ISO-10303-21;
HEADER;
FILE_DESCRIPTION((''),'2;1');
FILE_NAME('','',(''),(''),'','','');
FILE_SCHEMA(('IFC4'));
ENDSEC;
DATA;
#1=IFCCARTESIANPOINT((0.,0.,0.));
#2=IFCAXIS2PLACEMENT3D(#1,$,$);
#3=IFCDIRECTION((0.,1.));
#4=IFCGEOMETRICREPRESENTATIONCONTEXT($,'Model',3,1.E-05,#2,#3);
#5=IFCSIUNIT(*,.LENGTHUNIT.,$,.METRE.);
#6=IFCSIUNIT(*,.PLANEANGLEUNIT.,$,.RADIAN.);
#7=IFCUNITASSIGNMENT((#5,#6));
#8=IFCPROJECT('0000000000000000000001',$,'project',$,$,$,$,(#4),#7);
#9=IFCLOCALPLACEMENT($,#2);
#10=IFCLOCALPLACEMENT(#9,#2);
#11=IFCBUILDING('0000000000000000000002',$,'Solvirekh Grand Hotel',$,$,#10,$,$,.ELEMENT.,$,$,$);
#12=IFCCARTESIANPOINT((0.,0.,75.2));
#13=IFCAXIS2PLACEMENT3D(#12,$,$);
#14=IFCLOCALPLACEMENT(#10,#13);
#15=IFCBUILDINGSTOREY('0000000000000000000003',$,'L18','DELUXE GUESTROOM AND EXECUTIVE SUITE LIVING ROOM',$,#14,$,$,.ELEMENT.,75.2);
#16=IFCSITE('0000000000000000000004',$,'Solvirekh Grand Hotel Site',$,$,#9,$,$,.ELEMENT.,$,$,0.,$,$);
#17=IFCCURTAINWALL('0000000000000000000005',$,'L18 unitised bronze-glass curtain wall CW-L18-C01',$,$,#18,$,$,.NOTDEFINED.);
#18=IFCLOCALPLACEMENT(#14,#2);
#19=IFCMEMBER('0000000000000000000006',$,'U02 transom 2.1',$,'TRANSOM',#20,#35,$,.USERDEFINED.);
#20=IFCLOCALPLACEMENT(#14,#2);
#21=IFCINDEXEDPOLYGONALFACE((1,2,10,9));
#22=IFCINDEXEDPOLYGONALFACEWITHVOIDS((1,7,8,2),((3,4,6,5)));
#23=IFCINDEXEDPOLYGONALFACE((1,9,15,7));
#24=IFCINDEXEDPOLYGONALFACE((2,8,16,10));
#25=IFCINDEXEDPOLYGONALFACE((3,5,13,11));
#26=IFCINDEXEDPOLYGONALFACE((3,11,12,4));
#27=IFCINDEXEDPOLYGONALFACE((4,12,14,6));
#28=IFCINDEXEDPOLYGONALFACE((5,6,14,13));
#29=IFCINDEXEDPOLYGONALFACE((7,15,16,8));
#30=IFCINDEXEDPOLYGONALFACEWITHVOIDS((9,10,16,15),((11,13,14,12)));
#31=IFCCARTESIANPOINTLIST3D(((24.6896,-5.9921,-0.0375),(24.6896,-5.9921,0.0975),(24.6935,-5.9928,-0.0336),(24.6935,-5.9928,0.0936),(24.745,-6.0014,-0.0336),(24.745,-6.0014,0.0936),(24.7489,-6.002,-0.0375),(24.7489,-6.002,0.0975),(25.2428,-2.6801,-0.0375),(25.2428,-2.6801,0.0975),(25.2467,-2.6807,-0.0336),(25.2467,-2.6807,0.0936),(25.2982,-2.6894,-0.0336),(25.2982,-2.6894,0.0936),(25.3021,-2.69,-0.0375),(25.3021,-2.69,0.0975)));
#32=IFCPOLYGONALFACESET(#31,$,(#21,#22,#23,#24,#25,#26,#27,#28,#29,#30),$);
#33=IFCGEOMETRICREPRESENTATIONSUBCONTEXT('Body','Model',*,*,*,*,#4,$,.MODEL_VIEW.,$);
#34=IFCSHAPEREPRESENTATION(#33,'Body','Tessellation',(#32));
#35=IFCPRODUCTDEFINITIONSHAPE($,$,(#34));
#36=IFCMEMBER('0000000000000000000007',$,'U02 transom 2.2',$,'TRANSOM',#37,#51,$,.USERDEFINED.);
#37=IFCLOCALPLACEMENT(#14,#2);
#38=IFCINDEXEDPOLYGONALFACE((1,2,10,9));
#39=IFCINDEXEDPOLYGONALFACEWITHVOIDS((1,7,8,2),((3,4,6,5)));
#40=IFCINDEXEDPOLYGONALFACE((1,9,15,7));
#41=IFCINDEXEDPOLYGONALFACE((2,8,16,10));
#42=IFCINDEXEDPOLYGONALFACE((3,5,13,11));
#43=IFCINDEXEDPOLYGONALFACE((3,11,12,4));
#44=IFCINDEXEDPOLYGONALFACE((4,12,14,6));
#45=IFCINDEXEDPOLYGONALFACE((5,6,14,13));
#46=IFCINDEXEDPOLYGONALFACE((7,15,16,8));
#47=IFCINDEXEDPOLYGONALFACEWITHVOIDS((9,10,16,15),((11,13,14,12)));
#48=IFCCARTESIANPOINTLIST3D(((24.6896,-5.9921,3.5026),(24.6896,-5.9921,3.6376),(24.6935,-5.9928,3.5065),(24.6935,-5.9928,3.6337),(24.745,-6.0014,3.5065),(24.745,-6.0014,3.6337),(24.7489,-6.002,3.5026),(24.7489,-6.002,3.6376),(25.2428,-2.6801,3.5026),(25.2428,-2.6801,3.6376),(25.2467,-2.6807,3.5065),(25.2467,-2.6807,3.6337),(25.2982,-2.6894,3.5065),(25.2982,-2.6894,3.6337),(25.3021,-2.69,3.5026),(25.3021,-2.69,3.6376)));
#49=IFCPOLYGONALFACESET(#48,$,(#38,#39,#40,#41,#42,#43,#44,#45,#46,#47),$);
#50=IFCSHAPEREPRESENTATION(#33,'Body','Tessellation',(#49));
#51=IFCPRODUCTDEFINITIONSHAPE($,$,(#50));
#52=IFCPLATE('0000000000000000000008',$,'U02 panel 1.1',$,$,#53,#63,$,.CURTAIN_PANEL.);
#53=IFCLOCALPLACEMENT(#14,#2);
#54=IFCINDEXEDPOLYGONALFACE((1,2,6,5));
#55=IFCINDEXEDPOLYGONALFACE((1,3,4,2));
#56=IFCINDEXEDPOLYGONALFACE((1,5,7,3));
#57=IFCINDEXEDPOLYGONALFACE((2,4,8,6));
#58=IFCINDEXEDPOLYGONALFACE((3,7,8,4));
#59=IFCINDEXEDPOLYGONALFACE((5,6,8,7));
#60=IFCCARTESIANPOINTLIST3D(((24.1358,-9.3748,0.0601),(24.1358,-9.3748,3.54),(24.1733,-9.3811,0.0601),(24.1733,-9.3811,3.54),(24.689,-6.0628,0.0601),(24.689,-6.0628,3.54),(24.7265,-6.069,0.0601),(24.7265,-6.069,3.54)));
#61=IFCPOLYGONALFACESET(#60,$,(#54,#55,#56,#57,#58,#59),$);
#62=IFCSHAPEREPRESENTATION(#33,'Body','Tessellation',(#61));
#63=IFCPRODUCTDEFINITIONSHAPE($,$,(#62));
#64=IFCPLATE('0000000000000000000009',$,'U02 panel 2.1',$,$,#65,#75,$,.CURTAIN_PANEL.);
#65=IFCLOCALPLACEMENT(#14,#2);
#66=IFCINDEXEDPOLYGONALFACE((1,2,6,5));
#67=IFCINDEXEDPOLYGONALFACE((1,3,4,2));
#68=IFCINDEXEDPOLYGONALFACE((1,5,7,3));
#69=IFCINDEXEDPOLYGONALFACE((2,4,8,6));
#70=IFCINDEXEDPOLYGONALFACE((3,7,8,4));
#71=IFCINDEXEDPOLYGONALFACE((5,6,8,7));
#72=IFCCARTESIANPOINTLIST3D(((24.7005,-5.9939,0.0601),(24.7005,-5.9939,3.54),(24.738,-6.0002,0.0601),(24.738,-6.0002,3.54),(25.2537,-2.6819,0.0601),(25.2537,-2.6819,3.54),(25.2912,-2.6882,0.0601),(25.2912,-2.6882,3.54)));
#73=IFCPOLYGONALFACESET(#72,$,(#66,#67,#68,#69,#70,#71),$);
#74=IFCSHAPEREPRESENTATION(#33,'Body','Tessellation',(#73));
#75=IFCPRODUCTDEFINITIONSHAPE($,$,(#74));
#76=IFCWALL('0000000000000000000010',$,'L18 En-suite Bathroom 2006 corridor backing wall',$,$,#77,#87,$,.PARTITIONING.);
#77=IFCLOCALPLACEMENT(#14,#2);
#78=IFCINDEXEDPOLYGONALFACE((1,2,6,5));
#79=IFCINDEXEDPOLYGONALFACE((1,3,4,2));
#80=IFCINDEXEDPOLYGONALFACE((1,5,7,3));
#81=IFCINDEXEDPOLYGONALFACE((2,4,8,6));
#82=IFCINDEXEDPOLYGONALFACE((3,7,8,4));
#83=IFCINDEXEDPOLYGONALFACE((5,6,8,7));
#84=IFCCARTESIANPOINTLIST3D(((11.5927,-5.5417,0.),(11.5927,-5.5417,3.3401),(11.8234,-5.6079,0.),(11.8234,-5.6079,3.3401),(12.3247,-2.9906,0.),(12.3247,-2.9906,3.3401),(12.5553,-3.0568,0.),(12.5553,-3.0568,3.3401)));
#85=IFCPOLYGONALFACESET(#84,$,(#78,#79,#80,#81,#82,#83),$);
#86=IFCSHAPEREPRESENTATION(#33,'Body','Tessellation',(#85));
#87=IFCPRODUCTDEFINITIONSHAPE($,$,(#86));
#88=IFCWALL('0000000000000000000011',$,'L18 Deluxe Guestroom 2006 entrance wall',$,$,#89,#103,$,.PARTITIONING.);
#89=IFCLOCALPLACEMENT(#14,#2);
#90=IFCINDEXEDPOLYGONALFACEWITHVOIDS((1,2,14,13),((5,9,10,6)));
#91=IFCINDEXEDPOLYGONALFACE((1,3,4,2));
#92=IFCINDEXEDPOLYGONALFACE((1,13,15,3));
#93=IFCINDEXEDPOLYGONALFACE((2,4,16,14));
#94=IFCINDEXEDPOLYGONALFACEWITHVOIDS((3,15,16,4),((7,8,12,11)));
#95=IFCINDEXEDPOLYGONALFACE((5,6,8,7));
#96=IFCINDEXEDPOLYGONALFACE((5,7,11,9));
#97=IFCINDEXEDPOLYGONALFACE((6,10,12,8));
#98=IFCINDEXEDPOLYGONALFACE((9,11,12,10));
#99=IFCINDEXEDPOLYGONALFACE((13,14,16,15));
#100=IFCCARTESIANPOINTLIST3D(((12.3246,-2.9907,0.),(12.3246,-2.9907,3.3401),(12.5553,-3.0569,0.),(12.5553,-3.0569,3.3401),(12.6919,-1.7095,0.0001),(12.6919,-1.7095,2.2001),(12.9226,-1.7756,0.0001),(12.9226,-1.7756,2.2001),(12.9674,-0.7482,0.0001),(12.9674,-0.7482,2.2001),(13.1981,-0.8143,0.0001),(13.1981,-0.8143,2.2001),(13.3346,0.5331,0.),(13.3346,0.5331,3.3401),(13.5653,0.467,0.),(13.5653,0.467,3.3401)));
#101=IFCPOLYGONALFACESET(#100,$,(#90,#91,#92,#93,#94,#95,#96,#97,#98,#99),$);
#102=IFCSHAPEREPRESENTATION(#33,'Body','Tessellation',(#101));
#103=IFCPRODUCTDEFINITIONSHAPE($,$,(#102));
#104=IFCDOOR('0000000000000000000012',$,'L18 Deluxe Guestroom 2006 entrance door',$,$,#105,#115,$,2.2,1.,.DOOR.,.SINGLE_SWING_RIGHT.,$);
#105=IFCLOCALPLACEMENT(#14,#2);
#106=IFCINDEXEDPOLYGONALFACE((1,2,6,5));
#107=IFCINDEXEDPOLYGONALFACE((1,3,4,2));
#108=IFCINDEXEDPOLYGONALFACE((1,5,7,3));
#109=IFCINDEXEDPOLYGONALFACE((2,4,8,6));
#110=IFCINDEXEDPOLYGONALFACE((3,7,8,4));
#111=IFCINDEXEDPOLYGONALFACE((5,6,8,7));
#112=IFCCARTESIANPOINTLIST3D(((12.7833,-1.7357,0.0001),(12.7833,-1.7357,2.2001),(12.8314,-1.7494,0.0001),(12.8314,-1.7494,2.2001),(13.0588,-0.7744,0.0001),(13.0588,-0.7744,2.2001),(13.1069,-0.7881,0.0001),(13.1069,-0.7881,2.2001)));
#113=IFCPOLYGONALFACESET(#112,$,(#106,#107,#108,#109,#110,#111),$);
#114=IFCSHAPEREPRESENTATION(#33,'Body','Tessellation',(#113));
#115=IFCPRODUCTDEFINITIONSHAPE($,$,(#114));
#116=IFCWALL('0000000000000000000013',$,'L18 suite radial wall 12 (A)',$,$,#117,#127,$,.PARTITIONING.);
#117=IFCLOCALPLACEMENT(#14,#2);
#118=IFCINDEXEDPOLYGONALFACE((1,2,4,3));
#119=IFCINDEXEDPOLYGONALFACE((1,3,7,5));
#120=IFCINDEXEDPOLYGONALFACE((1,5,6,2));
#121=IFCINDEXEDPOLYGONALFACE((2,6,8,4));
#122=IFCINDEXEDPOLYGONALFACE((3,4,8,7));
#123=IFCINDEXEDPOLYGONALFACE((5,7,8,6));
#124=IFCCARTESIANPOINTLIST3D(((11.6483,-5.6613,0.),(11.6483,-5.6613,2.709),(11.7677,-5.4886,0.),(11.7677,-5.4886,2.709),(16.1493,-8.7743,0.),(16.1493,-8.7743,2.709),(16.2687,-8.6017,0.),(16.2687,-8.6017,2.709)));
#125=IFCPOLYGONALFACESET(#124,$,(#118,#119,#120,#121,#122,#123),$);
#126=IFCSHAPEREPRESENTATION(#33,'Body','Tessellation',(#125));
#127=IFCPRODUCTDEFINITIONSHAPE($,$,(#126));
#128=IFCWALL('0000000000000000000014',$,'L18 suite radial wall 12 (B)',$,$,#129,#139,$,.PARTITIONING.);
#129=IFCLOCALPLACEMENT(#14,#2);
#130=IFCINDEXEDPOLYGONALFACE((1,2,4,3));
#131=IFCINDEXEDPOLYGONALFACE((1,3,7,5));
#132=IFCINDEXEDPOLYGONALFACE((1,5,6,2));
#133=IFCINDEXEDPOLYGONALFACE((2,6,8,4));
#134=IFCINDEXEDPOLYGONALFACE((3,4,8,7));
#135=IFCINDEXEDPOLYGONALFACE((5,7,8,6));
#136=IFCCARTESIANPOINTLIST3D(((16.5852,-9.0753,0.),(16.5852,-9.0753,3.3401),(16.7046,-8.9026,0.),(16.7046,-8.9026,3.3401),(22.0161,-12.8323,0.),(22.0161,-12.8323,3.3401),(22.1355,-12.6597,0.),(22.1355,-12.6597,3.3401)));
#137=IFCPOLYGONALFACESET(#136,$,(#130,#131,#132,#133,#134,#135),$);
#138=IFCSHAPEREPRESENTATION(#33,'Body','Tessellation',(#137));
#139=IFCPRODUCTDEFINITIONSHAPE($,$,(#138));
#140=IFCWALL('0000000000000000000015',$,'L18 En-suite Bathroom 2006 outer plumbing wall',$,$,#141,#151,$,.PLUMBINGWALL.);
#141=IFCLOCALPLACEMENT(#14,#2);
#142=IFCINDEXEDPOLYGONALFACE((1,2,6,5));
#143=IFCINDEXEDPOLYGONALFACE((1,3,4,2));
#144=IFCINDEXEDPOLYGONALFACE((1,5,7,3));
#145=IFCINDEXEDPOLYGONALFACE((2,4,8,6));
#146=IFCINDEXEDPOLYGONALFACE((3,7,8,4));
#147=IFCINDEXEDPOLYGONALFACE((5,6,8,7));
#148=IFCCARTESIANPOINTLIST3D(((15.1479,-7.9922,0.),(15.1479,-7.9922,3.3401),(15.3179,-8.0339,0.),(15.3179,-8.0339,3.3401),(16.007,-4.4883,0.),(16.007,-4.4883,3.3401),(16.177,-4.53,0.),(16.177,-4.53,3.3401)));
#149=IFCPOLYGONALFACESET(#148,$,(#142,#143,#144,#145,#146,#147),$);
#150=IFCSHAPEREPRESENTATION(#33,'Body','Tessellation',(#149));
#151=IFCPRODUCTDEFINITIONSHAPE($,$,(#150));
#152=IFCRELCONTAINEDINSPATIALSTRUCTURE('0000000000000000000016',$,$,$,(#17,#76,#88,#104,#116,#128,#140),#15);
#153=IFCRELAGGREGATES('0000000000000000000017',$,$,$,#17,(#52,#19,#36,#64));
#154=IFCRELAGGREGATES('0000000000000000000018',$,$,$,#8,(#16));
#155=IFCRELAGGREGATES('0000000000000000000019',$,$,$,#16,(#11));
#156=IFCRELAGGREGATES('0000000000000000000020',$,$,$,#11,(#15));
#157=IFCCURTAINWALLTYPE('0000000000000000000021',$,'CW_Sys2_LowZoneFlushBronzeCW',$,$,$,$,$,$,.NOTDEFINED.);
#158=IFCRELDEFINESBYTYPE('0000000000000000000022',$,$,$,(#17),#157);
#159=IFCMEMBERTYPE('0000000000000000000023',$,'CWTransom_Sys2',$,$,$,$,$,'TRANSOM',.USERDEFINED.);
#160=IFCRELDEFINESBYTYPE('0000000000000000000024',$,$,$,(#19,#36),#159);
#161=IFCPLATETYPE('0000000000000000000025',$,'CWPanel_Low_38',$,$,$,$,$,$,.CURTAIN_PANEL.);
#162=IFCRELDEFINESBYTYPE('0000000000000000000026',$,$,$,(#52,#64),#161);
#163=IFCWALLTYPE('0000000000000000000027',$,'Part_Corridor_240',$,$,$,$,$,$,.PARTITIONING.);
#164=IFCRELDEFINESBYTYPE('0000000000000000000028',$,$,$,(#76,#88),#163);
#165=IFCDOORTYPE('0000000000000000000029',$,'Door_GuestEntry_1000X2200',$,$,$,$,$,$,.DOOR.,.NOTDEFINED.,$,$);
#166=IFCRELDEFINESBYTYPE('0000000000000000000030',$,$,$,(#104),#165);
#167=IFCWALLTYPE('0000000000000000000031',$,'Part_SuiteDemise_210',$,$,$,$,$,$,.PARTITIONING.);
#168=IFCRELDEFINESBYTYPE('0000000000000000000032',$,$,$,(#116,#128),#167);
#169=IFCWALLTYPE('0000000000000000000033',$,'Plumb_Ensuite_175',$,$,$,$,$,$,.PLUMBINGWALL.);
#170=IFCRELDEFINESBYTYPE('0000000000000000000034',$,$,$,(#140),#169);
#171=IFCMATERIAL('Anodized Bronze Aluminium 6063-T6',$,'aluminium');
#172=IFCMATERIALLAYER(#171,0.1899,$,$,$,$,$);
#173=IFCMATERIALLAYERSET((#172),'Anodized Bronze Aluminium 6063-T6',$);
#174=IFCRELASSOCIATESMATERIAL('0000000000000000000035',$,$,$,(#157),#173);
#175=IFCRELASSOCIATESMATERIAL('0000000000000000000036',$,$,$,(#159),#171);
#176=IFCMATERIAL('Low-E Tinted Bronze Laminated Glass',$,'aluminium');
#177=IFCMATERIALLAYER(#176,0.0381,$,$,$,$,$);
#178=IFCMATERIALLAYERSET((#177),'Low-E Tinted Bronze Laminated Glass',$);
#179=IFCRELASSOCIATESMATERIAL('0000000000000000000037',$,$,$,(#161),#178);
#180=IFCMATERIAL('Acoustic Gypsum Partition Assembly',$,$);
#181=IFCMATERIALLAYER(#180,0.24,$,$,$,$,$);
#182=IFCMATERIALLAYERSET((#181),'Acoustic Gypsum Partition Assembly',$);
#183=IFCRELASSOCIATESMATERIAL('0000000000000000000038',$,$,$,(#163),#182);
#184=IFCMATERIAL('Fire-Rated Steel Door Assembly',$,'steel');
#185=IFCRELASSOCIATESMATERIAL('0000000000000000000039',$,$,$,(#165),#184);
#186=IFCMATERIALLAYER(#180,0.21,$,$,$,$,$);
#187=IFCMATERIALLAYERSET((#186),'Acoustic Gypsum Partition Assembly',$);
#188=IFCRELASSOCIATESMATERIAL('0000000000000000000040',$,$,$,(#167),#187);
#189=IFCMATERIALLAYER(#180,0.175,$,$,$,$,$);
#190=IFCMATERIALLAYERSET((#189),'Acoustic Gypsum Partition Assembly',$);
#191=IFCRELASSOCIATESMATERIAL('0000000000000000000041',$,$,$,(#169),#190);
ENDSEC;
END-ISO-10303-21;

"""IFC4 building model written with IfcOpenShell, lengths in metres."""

from ifc_helpers import new_model, si_unit, direction, frame, frame_2d, origin, origin_2d, place, context, subcontext, project, spatial, rectangle, hollow_rectangle, extrude, source, transform, mapped, material, layer, layer_set, material_profile, profile_set, type_object, element, fill, aggregate, save


model = new_model("IFC4")

# Units and contexts
model_context = context("Model", 3, precision=1e-05, world=origin(), true_north=direction((0.0, 1.0)))
body_context = subcontext(model_context, "Body", "Model", "MODEL_VIEW")
ifc_project = project(units=[si_unit("LENGTHUNIT", "METRE"), si_unit("PLANEANGLEUNIT", "RADIAN")], contexts=[model_context])

# Site, building, storey
site_placement = place(None, origin())
site = spatial("IfcSite", under=ifc_project, at=site_placement, Name="Solvirekh Grand Hotel Site", CompositionType="ELEMENT", RefElevation=0.0)
building_placement = place(site_placement, origin())
building = spatial("IfcBuilding", under=site, at=building_placement, Name="Solvirekh Grand Hotel", CompositionType="ELEMENT")
storey_placement = place(building_placement, frame((0.0, 0.0, 75.2)))
storey = spatial("IfcBuildingStorey", under=building, at=storey_placement, Name="L18", Description="DELUXE GUESTROOM AND EXECUTIVE SUITE LIVING ROOM", CompositionType="ELEMENT", Elevation=75.2)

# Curtain wall, members, plates
ifc_material_1 = material(Name="Anodized Bronze Aluminium 6063-T6", Category="aluminium")
ifc_layer_1 = layer(ifc_material_1, 0.1899)
ifc_layer_set_1 = layer_set([ifc_layer_1], Name="Anodized Bronze Aluminium 6063-T6")
curtain_wall_type = type_object("IfcCurtainWallType", Name="CW_Sys2_LowZoneFlushBronzeCW", PredefinedType="NOTDEFINED", material=ifc_layer_set_1)
curtain_wall_placement = place(storey_placement, origin())
curtain_wall = element("IfcCurtainWall", 1, at=curtain_wall_placement, inside=storey, type_object=curtain_wall_type, Name="L18 unitised bronze-glass curtain wall CW-L18-C01", PredefinedType="NOTDEFINED")
ifc_material_profile_1 = material_profile(ifc_material_1, hollow_rectangle(XDim=0.0601, YDim=0.135, WallThickness=0.0039, at=origin_2d()), Name="ALU RHS 135X60X4")
ifc_profile_set_1 = profile_set([ifc_material_profile_1], Name="Anodized Bronze Aluminium 6063-T6")
member_type_1 = type_object("IfcMemberType", Name="CWTransom_Sys2", ElementType="TRANSOM", PredefinedType="USERDEFINED", material=ifc_profile_set_1)
shared_shape_1 = source(origin(), body_context, "Body", "SweptSolid", [
    extrude(hollow_rectangle(XDim=0.0601, YDim=0.135, WallThickness=0.0039, at=origin_2d()), origin(), (0.0, 0.0, 1.0), 3.3579),
])
member_1_placement = place(storey_placement, frame((24.7192, -5.9971, 0.03), z_axis=(0.164753, 0.986335, 0.0), x_axis=(-0.986335, 0.164753, 0.0)))
member_1 = element("IfcMember", 2, at=member_1_placement, type_object=member_type_1, Name="U02 transom 2.1", ObjectType="TRANSOM", PredefinedType="USERDEFINED", context=body_context, shape_type="MappedRepresentation", body=[
    mapped(shared_shape_1, transform((0.0, 0.0, 0.0), x_axis=(1.0, 0.0, 0.0), y_axis=(0.0, 1.0, 0.0), z_axis=(0.0, 0.0, 1.0), scale=1.0)),
])
member_2_placement = place(storey_placement, frame((24.7192, -5.9971, 3.5701), z_axis=(0.164753, 0.986335, 0.0), x_axis=(-0.986335, 0.164753, 0.0)))
member_2 = element("IfcMember", 3, at=member_2_placement, type_object=member_type_1, Name="U02 transom 2.2", ObjectType="TRANSOM", PredefinedType="USERDEFINED", context=body_context, shape_type="MappedRepresentation", body=[
    mapped(shared_shape_1, transform((0.0, 0.0, 0.0), x_axis=(1.0, 0.0, 0.0), y_axis=(0.0, 1.0, 0.0), z_axis=(0.0, 0.0, 1.0), scale=1.0)),
])
ifc_material_2 = material(Name="Low-E Tinted Bronze Laminated Glass", Category="aluminium")
ifc_layer_2 = layer(ifc_material_2, 0.0381)
ifc_layer_set_2 = layer_set([ifc_layer_2], Name="Low-E Tinted Bronze Laminated Glass")
plate_type = type_object("IfcPlateType", Name="CWPanel_Low_38", PredefinedType="CURTAIN_PANEL", material=ifc_layer_set_2)
shared_shape_2 = source(origin(), body_context, "Body", "SweptSolid", [
    extrude(rectangle(XDim=3.3579, YDim=0.0381, at=origin_2d()), origin(), (0.0, 0.0, 1.0), 3.48),
])
plate_1_placement = place(storey_placement, frame((24.4312, -7.7219, 0.0601), z_axis=(0.0, 0.0, 1.0), x_axis=(0.16475, 0.986335, 0.0)))
plate_1 = element("IfcPlate", 4, at=plate_1_placement, type_object=plate_type, Name="U02 panel 1.1", PredefinedType="CURTAIN_PANEL", context=body_context, shape_type="MappedRepresentation", body=[
    mapped(shared_shape_2, transform((0.0, 0.0, 0.0), x_axis=(1.0, 0.0, 0.0), y_axis=(0.0, 1.0, 0.0), z_axis=(0.0, 0.0, 1.0), scale=1.0)),
])
plate_2_placement = place(storey_placement, frame((24.9958, -4.3411, 0.0601), z_axis=(0.0, 0.0, 1.0), x_axis=(0.16475, 0.986335, 0.0)))
plate_2 = element("IfcPlate", 5, at=plate_2_placement, type_object=plate_type, Name="U02 panel 2.1", PredefinedType="CURTAIN_PANEL", context=body_context, shape_type="MappedRepresentation", body=[
    mapped(shared_shape_2, transform((0.0, 0.0, 0.0), x_axis=(1.0, 0.0, 0.0), y_axis=(0.0, 1.0, 0.0), z_axis=(0.0, 0.0, 1.0), scale=1.0)),
])
aggregate(curtain_wall, [plate_1, member_1, member_2, plate_2])

# Wall
ifc_material_3 = material(Name="Acoustic Gypsum Partition Assembly")
ifc_layer_3 = layer(ifc_material_3, 0.24)
ifc_layer_set_3 = layer_set([ifc_layer_3], Name="Acoustic Gypsum Partition Assembly")
wall_type_1 = type_object("IfcWallType", Name="Part_Corridor_240", PredefinedType="PARTITIONING", material=ifc_layer_set_3)
wall_1_placement = place(storey_placement, frame((11.708, -5.575, 0.0), z_axis=(0.0, 0.0, 1.0), x_axis=(0.27579, 0.961218, 0.0)))
element("IfcWall", 6, at=wall_1_placement, inside=storey, type_object=wall_type_1, Name="L18 En-suite Bathroom 2006 corridor backing wall", PredefinedType="PARTITIONING", context=body_context, shape_type="SweptSolid", body=[
    extrude(rectangle(XDim=2.6541, YDim=0.24, at=frame_2d((1.3271, 0.0))), origin(), (0.0, 0.0, 1.0), 3.3401),
])

# Wall, opening, door
wall_2_placement = place(storey_placement, frame((12.4399, -3.0239, 0.0), z_axis=(0.0, 0.0, 1.0), x_axis=(0.275521, 0.961295, 0.0)))
wall_2 = element("IfcWall", 7, at=wall_2_placement, inside=storey, type_object=wall_type_1, Name="L18 Deluxe Guestroom 2006 entrance wall", PredefinedType="PARTITIONING", context=body_context, shape_type="SweptSolid", body=[
    extrude(rectangle(XDim=3.6658, YDim=0.24, at=frame_2d((1.833, 0.0))), origin(), (0.0, 0.0, 1.0), 3.3401),
])
opening_1_placement = place(wall_2_placement, frame((1.333, 0.0, 0.0)))
opening_1 = element("IfcOpeningElement", 8, at=opening_1_placement, cuts=wall_2, PredefinedType="OPENING", context=body_context, shape_type="SweptSolid", body=[
    extrude(rectangle(XDim=1.0, YDim=2.2, at=frame_2d((0.5, 1.1001))), frame((0.0, 0.1299, 0.0), z_axis=(0.0, -1.0, 0.0), x_axis=(1.0, 0.0, 0.0)), (0.0, 0.0, 1.0), 0.26),
])
ifc_material_4 = material(Name="Fire-Rated Steel Door Assembly", Category="steel")
door_type_1 = type_object("IfcDoorType", Name="Door_GuestEntry_1000X2200", OperationType="NOTDEFINED", PredefinedType="DOOR", material=ifc_material_4)
door_1_placement = place(opening_1_placement, origin())
door_1 = element("IfcDoor", 9, at=door_1_placement, inside=storey, type_object=door_type_1, Name="L18 Deluxe Guestroom 2006 entrance door", OperationType="SINGLE_SWING_RIGHT", OverallHeight=2.2, OverallWidth=1.0, PredefinedType="DOOR", context=body_context, shape_type="SweptSolid", body=[
    extrude(rectangle(XDim=1.0, YDim=2.2, at=frame_2d((0.5, 1.1001))), frame((0.0, 0.0249, 0.0), z_axis=(0.0, -1.0, 0.0), x_axis=(1.0, 0.0, 0.0)), (0.0, 0.0, 1.0), 0.05),
])
fill(opening_1, door_1)

# Walls
ifc_layer_4 = layer(ifc_material_3, 0.21)
ifc_layer_set_4 = layer_set([ifc_layer_4], Name="Acoustic Gypsum Partition Assembly")
wall_type_2 = type_object("IfcWallType", Name="Part_SuiteDemise_210", PredefinedType="PARTITIONING", material=ifc_layer_set_4)
wall_3_placement = place(storey_placement, frame((11.708, -5.575, 0.0), z_axis=(0.0, 0.0, 1.0), x_axis=(0.822451, -0.568836, 0.0)))
element("IfcWall", 10, at=wall_3_placement, inside=storey, type_object=wall_type_2, Name="L18 suite radial wall 12 (A)", PredefinedType="PARTITIONING", context=body_context, shape_type="SweptSolid", body=[
    extrude(rectangle(XDim=5.4727, YDim=0.21, at=frame_2d((2.7363, 0.0))), origin(), (0.0, 0.0, 1.0), 2.709),
])
wall_4_placement = place(storey_placement, frame((16.645, -8.989, 0.0), z_axis=(0.0, 0.0, 1.0), x_axis=(0.822389, -0.568925, 0.0)))
element("IfcWall", 11, at=wall_4_placement, inside=storey, type_object=wall_type_2, Name="L18 suite radial wall 12 (B)", PredefinedType="PARTITIONING", context=body_context, shape_type="SweptSolid", body=[
    extrude(rectangle(XDim=6.6038, YDim=0.21, at=frame_2d((3.3018, 0.0))), origin(), (0.0, 0.0, 1.0), 3.3401),
])
ifc_layer_5 = layer(ifc_material_3, 0.175)
ifc_layer_set_5 = layer_set([ifc_layer_5], Name="Acoustic Gypsum Partition Assembly")
wall_type_3 = type_object("IfcWallType", Name="Plumb_Ensuite_175", PredefinedType="PLUMBINGWALL", material=ifc_layer_set_5)
wall_5_placement = place(storey_placement, frame((15.2329, -8.0129, 0.0), z_axis=(0.0, 0.0, 1.0), x_axis=(0.238138, 0.971231, 0.0)))
element("IfcWall", 12, at=wall_5_placement, inside=storey, type_object=wall_type_3, Name="L18 En-suite Bathroom 2006 outer plumbing wall", PredefinedType="PLUMBINGWALL", context=body_context, shape_type="SweptSolid", body=[
    extrude(rectangle(XDim=3.6077, YDim=0.175, at=frame_2d((1.8037, 0.0))), origin(), (0.0, 0.0, 1.0), 3.3401),
])

save(model, "model.ifc")
